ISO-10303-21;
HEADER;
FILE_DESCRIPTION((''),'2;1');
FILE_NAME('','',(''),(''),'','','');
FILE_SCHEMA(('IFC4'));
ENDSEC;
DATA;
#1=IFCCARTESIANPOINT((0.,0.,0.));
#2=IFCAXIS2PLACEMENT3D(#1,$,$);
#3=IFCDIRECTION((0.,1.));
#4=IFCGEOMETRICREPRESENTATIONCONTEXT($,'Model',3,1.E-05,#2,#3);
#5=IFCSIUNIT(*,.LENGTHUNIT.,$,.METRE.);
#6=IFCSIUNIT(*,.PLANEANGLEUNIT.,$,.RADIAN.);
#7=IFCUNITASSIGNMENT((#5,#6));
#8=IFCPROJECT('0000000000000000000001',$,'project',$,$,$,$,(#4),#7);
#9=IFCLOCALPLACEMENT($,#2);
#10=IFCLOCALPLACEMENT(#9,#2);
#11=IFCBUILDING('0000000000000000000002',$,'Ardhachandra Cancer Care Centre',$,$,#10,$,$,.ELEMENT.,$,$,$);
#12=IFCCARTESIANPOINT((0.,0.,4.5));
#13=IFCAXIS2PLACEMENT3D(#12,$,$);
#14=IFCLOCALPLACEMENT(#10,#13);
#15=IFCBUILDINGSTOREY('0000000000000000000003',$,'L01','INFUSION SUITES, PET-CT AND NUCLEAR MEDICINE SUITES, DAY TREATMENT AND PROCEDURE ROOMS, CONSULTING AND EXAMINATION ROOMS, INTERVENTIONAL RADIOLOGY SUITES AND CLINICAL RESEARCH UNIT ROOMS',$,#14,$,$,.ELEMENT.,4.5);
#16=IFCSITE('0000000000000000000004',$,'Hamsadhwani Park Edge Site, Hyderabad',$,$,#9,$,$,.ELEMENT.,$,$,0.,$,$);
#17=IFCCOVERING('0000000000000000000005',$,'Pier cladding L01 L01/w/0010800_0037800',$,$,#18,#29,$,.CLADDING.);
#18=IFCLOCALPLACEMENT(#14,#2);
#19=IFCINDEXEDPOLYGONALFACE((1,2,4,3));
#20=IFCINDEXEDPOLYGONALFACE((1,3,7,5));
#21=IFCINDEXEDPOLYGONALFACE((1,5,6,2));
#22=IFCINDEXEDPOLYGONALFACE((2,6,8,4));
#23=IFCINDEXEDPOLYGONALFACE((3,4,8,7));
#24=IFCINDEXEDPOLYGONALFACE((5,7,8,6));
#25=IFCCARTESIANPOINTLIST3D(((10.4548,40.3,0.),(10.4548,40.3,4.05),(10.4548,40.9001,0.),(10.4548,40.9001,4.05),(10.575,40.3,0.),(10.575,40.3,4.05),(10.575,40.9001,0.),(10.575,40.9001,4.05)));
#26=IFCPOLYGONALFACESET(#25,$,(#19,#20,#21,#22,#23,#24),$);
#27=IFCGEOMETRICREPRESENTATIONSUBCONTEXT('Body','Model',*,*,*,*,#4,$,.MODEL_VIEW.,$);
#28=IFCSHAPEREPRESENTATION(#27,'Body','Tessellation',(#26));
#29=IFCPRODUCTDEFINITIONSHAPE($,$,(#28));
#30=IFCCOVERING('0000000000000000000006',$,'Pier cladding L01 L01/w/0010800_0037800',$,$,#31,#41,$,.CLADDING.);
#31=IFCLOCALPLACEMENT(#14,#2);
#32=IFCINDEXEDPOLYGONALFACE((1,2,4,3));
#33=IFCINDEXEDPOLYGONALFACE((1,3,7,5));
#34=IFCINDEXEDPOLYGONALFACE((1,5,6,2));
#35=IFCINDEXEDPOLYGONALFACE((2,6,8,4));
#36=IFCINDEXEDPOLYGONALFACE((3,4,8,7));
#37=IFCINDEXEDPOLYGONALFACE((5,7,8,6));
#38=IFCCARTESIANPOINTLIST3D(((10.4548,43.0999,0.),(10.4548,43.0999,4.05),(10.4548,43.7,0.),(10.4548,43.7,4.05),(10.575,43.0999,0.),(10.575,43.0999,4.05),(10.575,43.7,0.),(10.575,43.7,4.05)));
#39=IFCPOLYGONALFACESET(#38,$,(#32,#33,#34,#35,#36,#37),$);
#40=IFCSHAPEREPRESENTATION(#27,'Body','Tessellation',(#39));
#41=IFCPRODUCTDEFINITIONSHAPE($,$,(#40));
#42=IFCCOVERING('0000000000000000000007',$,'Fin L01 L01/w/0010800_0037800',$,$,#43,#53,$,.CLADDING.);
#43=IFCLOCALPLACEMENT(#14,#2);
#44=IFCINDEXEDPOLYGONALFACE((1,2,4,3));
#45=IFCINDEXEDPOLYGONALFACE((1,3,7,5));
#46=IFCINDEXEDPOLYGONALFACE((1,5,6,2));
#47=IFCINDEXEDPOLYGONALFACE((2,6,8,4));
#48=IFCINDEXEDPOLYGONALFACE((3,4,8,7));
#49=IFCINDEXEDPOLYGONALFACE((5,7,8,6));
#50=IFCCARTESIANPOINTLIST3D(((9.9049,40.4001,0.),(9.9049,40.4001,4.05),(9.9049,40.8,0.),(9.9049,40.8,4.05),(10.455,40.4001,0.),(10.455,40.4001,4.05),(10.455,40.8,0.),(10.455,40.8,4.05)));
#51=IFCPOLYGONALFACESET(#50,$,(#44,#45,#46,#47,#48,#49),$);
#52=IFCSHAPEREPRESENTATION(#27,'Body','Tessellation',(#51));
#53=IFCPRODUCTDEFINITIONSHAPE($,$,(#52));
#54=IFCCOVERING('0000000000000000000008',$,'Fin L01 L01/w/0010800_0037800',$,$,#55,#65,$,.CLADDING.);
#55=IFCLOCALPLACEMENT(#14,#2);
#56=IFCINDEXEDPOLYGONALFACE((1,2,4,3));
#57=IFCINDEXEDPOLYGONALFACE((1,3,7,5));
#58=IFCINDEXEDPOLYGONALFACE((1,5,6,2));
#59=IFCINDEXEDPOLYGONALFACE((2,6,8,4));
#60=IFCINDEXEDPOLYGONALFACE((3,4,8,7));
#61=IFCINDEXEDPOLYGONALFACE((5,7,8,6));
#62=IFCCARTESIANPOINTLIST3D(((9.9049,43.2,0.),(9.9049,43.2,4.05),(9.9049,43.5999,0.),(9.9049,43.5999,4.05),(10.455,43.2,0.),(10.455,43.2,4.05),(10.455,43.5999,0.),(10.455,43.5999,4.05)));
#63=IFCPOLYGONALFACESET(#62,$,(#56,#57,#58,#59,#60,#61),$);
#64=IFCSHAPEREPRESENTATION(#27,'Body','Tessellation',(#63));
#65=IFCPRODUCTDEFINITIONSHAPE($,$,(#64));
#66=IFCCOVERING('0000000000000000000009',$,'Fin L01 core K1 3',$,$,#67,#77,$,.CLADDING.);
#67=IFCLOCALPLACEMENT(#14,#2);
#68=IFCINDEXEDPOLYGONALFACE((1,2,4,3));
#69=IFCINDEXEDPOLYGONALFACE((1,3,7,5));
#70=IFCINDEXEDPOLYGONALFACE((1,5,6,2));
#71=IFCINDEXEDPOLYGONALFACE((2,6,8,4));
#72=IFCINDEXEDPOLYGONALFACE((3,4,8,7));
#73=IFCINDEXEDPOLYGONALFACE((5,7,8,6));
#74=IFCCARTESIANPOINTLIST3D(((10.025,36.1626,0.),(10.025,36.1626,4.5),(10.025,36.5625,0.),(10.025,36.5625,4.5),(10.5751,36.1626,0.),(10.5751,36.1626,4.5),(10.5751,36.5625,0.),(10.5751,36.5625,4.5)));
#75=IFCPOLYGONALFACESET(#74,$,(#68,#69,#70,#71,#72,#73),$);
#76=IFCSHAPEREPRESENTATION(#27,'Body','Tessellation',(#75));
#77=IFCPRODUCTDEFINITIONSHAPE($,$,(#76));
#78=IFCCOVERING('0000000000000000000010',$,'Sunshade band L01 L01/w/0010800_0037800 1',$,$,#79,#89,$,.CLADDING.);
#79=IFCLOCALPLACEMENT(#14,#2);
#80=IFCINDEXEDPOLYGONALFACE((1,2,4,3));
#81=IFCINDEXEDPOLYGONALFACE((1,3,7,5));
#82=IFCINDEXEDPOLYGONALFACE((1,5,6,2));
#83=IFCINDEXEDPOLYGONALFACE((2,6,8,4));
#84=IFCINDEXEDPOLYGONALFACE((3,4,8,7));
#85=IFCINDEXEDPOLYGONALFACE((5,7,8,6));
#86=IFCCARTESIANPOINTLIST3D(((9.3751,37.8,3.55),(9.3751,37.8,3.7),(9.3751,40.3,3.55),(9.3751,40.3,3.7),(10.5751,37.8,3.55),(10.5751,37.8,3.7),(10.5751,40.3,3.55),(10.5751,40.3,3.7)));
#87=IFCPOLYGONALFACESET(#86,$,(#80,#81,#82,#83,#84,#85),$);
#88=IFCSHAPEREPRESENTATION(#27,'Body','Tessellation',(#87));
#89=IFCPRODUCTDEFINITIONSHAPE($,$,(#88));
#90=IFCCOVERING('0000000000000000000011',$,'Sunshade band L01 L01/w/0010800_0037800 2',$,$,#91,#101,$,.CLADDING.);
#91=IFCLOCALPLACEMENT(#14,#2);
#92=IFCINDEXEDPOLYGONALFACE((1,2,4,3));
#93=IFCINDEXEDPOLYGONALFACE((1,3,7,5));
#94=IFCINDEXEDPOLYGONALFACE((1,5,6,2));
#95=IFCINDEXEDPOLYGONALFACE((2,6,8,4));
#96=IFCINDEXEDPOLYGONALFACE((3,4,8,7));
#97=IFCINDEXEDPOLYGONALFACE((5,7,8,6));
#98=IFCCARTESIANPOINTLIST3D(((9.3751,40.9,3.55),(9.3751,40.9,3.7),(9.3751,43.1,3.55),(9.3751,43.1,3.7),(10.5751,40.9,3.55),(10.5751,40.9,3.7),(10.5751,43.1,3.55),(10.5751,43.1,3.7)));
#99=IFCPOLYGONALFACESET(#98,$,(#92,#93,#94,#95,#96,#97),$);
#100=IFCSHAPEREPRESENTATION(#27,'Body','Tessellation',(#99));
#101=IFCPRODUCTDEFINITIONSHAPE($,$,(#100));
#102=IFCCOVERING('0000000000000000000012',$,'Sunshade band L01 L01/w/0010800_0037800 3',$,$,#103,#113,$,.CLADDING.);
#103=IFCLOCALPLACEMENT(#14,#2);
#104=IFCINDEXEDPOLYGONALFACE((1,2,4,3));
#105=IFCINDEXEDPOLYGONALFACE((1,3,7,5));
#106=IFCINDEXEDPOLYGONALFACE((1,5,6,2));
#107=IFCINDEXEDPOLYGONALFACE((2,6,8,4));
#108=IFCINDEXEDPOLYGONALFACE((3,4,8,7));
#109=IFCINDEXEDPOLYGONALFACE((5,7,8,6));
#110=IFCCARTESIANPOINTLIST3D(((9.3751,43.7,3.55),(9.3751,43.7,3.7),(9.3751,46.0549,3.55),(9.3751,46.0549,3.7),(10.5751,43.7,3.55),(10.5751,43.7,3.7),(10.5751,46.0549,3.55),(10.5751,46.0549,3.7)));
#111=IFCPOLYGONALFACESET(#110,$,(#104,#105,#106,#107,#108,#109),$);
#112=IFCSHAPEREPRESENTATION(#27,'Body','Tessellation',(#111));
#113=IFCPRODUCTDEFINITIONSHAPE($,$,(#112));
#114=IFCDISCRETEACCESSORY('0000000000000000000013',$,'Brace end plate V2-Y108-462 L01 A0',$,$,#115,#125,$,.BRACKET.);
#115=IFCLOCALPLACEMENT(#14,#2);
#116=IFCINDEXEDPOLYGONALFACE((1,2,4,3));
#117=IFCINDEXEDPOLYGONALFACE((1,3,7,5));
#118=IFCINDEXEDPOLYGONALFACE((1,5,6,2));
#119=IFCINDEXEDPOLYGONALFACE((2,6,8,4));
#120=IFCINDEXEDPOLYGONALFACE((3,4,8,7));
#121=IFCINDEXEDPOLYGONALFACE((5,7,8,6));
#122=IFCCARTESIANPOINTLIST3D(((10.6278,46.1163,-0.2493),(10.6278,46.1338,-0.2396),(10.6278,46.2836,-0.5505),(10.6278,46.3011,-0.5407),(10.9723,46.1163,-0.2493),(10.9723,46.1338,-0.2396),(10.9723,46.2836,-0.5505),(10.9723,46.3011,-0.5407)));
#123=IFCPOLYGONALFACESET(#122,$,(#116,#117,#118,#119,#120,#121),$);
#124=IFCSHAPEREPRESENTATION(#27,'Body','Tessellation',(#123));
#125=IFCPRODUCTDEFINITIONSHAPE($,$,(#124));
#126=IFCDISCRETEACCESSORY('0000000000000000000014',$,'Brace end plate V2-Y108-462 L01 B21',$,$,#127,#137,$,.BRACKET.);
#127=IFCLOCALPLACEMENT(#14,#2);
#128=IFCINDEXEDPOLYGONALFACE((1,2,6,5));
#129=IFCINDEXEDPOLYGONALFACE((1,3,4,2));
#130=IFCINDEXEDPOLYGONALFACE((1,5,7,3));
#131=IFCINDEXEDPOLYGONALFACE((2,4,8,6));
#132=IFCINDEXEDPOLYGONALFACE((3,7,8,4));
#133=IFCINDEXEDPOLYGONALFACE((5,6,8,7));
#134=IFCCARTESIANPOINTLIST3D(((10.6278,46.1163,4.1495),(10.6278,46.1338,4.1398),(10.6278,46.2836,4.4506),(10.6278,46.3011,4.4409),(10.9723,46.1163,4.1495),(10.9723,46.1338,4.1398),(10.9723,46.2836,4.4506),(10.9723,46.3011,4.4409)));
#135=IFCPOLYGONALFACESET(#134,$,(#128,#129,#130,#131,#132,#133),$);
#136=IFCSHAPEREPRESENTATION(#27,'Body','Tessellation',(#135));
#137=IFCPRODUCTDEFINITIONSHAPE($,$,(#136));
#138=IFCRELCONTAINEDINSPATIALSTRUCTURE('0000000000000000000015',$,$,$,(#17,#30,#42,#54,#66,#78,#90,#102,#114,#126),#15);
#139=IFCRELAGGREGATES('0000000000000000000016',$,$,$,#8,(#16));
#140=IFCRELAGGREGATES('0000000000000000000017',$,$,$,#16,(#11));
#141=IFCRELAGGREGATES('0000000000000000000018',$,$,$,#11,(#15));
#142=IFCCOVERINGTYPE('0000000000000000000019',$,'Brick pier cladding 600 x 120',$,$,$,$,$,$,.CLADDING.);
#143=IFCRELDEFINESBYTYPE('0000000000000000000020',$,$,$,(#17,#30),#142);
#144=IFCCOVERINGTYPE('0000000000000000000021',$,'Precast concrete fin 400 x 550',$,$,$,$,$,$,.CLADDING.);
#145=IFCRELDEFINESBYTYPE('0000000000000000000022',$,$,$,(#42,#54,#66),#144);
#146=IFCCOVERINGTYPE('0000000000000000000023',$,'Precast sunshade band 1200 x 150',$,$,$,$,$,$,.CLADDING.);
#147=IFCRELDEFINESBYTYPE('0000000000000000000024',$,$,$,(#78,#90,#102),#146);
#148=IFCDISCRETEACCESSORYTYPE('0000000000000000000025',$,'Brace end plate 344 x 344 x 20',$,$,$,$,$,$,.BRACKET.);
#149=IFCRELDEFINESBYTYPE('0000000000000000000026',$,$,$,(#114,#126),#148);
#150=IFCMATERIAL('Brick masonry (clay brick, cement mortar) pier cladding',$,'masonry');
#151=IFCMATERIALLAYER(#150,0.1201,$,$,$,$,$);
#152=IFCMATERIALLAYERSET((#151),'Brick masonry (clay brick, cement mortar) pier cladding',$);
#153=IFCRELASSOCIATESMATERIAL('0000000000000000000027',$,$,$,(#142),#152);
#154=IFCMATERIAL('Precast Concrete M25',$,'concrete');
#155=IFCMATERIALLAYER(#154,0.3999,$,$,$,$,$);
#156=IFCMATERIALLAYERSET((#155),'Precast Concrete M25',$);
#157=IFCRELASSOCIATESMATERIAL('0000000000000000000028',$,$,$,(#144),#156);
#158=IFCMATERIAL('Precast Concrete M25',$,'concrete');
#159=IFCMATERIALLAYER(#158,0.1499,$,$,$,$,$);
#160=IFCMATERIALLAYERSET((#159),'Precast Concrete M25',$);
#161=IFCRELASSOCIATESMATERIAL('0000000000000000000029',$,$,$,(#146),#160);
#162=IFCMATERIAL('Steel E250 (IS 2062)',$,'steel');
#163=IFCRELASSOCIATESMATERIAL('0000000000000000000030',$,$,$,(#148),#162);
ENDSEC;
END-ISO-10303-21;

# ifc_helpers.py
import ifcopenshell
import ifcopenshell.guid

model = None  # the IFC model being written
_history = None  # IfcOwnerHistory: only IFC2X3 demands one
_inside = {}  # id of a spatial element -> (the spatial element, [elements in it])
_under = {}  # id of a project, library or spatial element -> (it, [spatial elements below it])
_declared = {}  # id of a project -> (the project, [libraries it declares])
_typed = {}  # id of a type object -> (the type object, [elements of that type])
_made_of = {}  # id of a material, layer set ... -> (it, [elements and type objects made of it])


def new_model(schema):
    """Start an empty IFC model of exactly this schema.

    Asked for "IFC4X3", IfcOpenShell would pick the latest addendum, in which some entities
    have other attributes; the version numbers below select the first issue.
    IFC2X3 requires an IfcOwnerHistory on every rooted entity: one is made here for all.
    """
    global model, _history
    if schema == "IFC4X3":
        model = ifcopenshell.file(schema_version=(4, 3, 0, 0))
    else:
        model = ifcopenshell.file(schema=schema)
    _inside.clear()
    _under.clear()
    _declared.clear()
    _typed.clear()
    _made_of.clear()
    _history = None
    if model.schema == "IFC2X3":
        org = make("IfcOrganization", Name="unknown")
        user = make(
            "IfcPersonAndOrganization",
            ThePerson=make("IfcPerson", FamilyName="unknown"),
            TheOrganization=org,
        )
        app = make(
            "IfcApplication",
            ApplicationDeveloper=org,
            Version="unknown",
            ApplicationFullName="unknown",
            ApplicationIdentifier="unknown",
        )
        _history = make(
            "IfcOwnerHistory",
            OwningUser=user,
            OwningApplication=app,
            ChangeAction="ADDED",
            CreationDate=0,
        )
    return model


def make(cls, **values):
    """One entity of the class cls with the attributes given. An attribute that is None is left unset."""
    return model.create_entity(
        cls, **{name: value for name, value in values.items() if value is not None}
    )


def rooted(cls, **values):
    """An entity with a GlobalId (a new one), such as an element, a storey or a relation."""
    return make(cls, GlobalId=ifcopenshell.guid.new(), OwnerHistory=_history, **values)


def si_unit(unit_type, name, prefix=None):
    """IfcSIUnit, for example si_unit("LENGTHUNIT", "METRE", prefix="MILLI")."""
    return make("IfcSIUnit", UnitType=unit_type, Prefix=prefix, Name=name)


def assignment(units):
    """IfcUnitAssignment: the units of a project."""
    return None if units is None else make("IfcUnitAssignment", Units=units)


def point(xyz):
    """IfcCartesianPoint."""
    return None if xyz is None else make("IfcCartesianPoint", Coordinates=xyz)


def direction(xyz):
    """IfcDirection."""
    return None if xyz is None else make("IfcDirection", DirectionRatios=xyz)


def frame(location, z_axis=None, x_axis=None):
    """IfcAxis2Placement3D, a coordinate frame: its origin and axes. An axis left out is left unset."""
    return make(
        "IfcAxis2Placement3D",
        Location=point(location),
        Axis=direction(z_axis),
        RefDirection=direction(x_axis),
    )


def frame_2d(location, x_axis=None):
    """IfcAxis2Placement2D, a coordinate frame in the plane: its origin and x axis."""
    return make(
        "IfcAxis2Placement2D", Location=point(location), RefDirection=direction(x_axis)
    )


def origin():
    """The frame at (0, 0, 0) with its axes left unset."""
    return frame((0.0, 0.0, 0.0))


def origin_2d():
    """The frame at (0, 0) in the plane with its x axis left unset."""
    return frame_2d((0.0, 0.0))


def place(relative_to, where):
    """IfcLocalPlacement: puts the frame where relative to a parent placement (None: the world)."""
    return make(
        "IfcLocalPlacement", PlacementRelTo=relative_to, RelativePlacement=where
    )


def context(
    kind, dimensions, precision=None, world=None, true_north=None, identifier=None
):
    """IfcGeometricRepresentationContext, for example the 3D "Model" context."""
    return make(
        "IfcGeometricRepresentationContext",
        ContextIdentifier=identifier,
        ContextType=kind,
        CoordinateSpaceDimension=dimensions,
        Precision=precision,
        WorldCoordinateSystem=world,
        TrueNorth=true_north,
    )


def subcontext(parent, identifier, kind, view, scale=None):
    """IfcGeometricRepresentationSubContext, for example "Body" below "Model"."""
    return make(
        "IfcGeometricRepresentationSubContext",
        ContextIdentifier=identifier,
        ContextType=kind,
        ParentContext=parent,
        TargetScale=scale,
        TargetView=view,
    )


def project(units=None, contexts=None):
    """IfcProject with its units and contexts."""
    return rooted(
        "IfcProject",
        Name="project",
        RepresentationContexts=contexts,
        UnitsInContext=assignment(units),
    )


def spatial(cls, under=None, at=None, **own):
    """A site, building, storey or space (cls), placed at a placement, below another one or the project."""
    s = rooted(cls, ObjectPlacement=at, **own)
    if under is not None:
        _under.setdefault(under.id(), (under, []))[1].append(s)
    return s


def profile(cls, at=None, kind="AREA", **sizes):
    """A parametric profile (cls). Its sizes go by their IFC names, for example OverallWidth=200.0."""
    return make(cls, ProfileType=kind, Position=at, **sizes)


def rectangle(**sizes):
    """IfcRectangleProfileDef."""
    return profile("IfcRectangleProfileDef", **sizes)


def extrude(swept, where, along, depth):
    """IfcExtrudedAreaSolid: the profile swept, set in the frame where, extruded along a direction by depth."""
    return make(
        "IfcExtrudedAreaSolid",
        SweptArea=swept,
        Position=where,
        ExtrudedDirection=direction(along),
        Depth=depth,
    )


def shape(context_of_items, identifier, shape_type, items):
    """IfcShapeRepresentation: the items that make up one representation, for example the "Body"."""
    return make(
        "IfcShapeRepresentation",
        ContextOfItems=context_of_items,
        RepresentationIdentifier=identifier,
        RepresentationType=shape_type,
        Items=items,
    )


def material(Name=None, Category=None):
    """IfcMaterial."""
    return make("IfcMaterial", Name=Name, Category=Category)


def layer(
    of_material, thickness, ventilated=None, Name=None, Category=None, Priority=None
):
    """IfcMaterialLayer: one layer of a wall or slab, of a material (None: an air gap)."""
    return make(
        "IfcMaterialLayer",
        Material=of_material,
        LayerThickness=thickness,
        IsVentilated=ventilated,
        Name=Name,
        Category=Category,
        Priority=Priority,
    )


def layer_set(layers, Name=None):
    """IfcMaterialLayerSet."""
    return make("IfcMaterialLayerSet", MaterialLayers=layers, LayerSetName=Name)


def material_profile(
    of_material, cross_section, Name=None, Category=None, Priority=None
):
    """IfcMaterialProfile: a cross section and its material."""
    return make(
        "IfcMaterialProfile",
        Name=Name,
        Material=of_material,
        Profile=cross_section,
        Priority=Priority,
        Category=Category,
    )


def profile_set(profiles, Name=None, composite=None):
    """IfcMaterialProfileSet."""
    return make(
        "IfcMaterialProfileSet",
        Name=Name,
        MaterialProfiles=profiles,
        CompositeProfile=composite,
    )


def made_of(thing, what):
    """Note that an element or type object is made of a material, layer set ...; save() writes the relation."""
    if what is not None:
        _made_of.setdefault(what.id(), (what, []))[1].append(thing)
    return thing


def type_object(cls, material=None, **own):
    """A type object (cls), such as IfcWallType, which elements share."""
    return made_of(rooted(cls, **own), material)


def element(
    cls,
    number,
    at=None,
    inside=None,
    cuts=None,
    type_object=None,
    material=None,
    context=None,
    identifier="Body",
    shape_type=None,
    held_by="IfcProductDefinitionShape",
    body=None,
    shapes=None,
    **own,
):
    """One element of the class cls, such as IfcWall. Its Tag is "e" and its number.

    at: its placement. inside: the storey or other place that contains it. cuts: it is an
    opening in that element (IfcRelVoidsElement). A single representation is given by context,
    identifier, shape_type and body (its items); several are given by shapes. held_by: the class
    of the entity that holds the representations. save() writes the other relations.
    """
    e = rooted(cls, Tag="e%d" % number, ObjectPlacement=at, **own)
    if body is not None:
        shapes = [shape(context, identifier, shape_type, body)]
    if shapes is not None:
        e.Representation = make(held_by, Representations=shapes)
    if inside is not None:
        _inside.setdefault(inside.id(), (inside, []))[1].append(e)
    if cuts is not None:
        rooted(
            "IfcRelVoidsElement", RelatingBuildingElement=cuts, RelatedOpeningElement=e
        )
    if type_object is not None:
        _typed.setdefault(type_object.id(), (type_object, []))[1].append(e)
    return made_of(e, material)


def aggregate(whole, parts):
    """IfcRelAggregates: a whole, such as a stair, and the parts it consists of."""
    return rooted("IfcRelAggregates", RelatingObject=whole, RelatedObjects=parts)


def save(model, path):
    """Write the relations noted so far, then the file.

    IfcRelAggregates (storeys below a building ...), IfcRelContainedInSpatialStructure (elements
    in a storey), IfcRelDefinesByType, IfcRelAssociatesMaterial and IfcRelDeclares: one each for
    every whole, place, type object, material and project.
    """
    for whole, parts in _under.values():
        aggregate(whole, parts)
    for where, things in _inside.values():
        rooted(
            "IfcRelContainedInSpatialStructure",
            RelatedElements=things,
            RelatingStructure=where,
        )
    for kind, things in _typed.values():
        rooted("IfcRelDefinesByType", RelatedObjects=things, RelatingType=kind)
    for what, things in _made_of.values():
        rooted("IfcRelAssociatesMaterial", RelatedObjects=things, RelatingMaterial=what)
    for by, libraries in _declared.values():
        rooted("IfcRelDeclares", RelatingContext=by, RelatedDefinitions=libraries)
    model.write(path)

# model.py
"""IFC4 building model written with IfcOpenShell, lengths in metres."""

from ifc_helpers import new_model, si_unit, direction, frame, origin, origin_2d, place, context, subcontext, project, spatial, rectangle, extrude, material, layer, layer_set, material_profile, profile_set, type_object, element, save


model = new_model("IFC4")

# Units and contexts
model_context = context("Model", 3, precision=1e-05, world=origin(), true_north=direction((0.0, 1.0)))
body_context = subcontext(model_context, "Body", "Model", "MODEL_VIEW")
ifc_project = project(units=[si_unit("LENGTHUNIT", "METRE"), si_unit("PLANEANGLEUNIT", "RADIAN")], contexts=[model_context])

# Site, building, storey
site_placement = place(None, origin())
site = spatial("IfcSite", under=ifc_project, at=site_placement, Name="Hamsadhwani Park Edge Site, Hyderabad", CompositionType="ELEMENT", RefElevation=0.0)
building_placement = place(site_placement, origin())
building = spatial("IfcBuilding", under=site, at=building_placement, Name="Ardhachandra Cancer Care Centre", CompositionType="ELEMENT")
storey_placement = place(building_placement, frame((0.0, 0.0, 4.5)))
storey = spatial("IfcBuildingStorey", under=building, at=storey_placement, Name="L01", Description="INFUSION SUITES, PET-CT AND NUCLEAR MEDICINE SUITES, DAY TREATMENT AND PROCEDURE ROOMS, CONSULTING AND EXAMINATION ROOMS, INTERVENTIONAL RADIOLOGY SUITES AND CLINICAL RESEARCH UNIT ROOMS", CompositionType="ELEMENT", Elevation=4.5)

# Coverings
ifc_material_1 = material(Name="Brick masonry (clay brick, cement mortar) pier cladding", Category="masonry")
ifc_layer_1 = layer(ifc_material_1, 0.1201)
ifc_layer_set_1 = layer_set([ifc_layer_1], Name="Brick masonry (clay brick, cement mortar) pier cladding")
covering_type_1 = type_object("IfcCoveringType", Name="Brick pier cladding 600 x 120", PredefinedType="CLADDING", material=ifc_layer_set_1)
for number, where, z_axis, x_axis, name in (
    (1, (10.5149, 40.6001, 0.0), (0.0, 0.0, 1.0), (0.0, 1.0, 0.0), "Pier cladding L01 L01/w/0010800_0037800"),
    (2, (10.5149, 43.3999, 0.0), (0.0, 0.0, 1.0), (0.0, 1.0, 0.0), "Pier cladding L01 L01/w/0010800_0037800"),
):
    element("IfcCovering", number, at=place(storey_placement, frame(where, z_axis=z_axis, x_axis=x_axis)), inside=storey, type_object=covering_type_1, Name=name, PredefinedType="CLADDING", context=body_context, shape_type="SweptSolid", body=[
        extrude(rectangle(XDim=0.6001, YDim=0.1201, at=origin_2d()), origin(), (0.0, 0.0, 1.0), 4.05),
    ])
ifc_material_2 = material(Name="Precast Concrete M25", Category="concrete")
ifc_layer_2 = layer(ifc_material_2, 0.3999)
ifc_layer_set_2 = layer_set([ifc_layer_2], Name="Precast Concrete M25")
covering_type_2 = type_object("IfcCoveringType", Name="Precast concrete fin 400 x 550", PredefinedType="CLADDING", material=ifc_layer_set_2)
for number, where, z_axis, x_axis, name in (
    (3, (10.1799, 40.6001, 0.0), (0.0, 0.0, 1.0), (0.0, 1.0, 0.0), "Fin L01 L01/w/0010800_0037800"),
    (4, (10.1799, 43.3999, 0.0), (0.0, 0.0, 1.0), (0.0, 1.0, 0.0), "Fin L01 L01/w/0010800_0037800"),
):
    element("IfcCovering", number, at=place(storey_placement, frame(where, z_axis=z_axis, x_axis=x_axis)), inside=storey, type_object=covering_type_2, Name=name, PredefinedType="CLADDING", context=body_context, shape_type="SweptSolid", body=[
        extrude(rectangle(XDim=0.3999, YDim=0.55, at=origin_2d()), origin(), (0.0, 0.0, 1.0), 4.05),
    ])
covering_1_placement = place(storey_placement, frame((10.3, 36.3625, 0.0), z_axis=(0.0, 0.0, 1.0), x_axis=(0.0, 1.0, 0.0)))
element("IfcCovering", 5, at=covering_1_placement, inside=storey, type_object=covering_type_2, Name="Fin L01 core K1 3", PredefinedType="CLADDING", context=body_context, shape_type="SweptSolid", body=[
    extrude(rectangle(XDim=0.3999, YDim=0.55, at=origin_2d()), origin(), (0.0, 0.0, 1.0), 4.5),
])
ifc_material_3 = material(Name="Precast Concrete M25", Category="concrete")
ifc_layer_3 = layer(ifc_material_3, 0.1499)
ifc_layer_set_3 = layer_set([ifc_layer_3], Name="Precast Concrete M25")
covering_type_3 = type_object("IfcCoveringType", Name="Precast sunshade band 1200 x 150", PredefinedType="CLADDING", material=ifc_layer_set_3)
covering_2_placement = place(storey_placement, frame((9.9751, 39.05, 3.55), z_axis=(0.0, 0.0, 1.0), x_axis=(0.0, 1.0, 0.0)))
element("IfcCovering", 6, at=covering_2_placement, inside=storey, type_object=covering_type_3, Name="Sunshade band L01 L01/w/0010800_0037800 1", PredefinedType="CLADDING", context=body_context, shape_type="SweptSolid", body=[
    extrude(rectangle(XDim=2.5, YDim=1.2, at=origin_2d()), origin(), (0.0, 0.0, 1.0), 0.1499),
])
covering_3_placement = place(storey_placement, frame((9.9751, 42.0, 3.55), z_axis=(0.0, 0.0, 1.0), x_axis=(0.0, 1.0, 0.0)))
element("IfcCovering", 7, at=covering_3_placement, inside=storey, type_object=covering_type_3, Name="Sunshade band L01 L01/w/0010800_0037800 2", PredefinedType="CLADDING", context=body_context, shape_type="SweptSolid", body=[
    extrude(rectangle(XDim=2.2, YDim=1.2, at=origin_2d()), origin(), (0.0, 0.0, 1.0), 0.1499),
])
covering_4_placement = place(storey_placement, frame((9.9751, 44.8774, 3.55), z_axis=(0.0, 0.0, 1.0), x_axis=(0.0, 1.0, 0.0)))
element("IfcCovering", 8, at=covering_4_placement, inside=storey, type_object=covering_type_3, Name="Sunshade band L01 L01/w/0010800_0037800 3", PredefinedType="CLADDING", context=body_context, shape_type="SweptSolid", body=[
    extrude(rectangle(XDim=2.355, YDim=1.2, at=origin_2d()), origin(), (0.0, 0.0, 1.0), 0.1499),
])

# Discrete accessories
ifc_material_4 = material(Name="Steel E250 (IS 2062)", Category="steel")
ifc_material_profile_1 = material_profile(ifc_material_4, rectangle(XDim=0.3445, YDim=0.3445, at=origin_2d()), Name="PL 344x344x20")
ifc_profile_set_1 = profile_set([ifc_material_profile_1], Name="Steel E250 (IS 2062)")
discrete_accessory_type = type_object("IfcDiscreteAccessoryType", Name="Brace end plate 344 x 344 x 20", PredefinedType="BRACKET", material=ifc_profile_set_1)
for number, where, z_axis, x_axis, name in (
    (9, (10.8, 46.2, -0.3999), (0.0, 0.874157, 0.485643), (-1.0, 0.0, 0.0), "Brace end plate V2-Y108-462 L01 A0"),
    (10, (10.8, 46.2, 4.3), (0.0, 0.874157, -0.485643), (-1.0, 0.0, 0.0), "Brace end plate V2-Y108-462 L01 B21"),
):
    element("IfcDiscreteAccessory", number, at=place(storey_placement, frame(where, z_axis=z_axis, x_axis=x_axis)), inside=storey, type_object=discrete_accessory_type, Name=name, PredefinedType="BRACKET", context=body_context, shape_type="SweptSolid", body=[
        extrude(rectangle(XDim=0.3445, YDim=0.3445, at=origin_2d()), origin(), (0.0, 0.0, 1.0), 0.02),
    ])

save(model, "model.ifc")
